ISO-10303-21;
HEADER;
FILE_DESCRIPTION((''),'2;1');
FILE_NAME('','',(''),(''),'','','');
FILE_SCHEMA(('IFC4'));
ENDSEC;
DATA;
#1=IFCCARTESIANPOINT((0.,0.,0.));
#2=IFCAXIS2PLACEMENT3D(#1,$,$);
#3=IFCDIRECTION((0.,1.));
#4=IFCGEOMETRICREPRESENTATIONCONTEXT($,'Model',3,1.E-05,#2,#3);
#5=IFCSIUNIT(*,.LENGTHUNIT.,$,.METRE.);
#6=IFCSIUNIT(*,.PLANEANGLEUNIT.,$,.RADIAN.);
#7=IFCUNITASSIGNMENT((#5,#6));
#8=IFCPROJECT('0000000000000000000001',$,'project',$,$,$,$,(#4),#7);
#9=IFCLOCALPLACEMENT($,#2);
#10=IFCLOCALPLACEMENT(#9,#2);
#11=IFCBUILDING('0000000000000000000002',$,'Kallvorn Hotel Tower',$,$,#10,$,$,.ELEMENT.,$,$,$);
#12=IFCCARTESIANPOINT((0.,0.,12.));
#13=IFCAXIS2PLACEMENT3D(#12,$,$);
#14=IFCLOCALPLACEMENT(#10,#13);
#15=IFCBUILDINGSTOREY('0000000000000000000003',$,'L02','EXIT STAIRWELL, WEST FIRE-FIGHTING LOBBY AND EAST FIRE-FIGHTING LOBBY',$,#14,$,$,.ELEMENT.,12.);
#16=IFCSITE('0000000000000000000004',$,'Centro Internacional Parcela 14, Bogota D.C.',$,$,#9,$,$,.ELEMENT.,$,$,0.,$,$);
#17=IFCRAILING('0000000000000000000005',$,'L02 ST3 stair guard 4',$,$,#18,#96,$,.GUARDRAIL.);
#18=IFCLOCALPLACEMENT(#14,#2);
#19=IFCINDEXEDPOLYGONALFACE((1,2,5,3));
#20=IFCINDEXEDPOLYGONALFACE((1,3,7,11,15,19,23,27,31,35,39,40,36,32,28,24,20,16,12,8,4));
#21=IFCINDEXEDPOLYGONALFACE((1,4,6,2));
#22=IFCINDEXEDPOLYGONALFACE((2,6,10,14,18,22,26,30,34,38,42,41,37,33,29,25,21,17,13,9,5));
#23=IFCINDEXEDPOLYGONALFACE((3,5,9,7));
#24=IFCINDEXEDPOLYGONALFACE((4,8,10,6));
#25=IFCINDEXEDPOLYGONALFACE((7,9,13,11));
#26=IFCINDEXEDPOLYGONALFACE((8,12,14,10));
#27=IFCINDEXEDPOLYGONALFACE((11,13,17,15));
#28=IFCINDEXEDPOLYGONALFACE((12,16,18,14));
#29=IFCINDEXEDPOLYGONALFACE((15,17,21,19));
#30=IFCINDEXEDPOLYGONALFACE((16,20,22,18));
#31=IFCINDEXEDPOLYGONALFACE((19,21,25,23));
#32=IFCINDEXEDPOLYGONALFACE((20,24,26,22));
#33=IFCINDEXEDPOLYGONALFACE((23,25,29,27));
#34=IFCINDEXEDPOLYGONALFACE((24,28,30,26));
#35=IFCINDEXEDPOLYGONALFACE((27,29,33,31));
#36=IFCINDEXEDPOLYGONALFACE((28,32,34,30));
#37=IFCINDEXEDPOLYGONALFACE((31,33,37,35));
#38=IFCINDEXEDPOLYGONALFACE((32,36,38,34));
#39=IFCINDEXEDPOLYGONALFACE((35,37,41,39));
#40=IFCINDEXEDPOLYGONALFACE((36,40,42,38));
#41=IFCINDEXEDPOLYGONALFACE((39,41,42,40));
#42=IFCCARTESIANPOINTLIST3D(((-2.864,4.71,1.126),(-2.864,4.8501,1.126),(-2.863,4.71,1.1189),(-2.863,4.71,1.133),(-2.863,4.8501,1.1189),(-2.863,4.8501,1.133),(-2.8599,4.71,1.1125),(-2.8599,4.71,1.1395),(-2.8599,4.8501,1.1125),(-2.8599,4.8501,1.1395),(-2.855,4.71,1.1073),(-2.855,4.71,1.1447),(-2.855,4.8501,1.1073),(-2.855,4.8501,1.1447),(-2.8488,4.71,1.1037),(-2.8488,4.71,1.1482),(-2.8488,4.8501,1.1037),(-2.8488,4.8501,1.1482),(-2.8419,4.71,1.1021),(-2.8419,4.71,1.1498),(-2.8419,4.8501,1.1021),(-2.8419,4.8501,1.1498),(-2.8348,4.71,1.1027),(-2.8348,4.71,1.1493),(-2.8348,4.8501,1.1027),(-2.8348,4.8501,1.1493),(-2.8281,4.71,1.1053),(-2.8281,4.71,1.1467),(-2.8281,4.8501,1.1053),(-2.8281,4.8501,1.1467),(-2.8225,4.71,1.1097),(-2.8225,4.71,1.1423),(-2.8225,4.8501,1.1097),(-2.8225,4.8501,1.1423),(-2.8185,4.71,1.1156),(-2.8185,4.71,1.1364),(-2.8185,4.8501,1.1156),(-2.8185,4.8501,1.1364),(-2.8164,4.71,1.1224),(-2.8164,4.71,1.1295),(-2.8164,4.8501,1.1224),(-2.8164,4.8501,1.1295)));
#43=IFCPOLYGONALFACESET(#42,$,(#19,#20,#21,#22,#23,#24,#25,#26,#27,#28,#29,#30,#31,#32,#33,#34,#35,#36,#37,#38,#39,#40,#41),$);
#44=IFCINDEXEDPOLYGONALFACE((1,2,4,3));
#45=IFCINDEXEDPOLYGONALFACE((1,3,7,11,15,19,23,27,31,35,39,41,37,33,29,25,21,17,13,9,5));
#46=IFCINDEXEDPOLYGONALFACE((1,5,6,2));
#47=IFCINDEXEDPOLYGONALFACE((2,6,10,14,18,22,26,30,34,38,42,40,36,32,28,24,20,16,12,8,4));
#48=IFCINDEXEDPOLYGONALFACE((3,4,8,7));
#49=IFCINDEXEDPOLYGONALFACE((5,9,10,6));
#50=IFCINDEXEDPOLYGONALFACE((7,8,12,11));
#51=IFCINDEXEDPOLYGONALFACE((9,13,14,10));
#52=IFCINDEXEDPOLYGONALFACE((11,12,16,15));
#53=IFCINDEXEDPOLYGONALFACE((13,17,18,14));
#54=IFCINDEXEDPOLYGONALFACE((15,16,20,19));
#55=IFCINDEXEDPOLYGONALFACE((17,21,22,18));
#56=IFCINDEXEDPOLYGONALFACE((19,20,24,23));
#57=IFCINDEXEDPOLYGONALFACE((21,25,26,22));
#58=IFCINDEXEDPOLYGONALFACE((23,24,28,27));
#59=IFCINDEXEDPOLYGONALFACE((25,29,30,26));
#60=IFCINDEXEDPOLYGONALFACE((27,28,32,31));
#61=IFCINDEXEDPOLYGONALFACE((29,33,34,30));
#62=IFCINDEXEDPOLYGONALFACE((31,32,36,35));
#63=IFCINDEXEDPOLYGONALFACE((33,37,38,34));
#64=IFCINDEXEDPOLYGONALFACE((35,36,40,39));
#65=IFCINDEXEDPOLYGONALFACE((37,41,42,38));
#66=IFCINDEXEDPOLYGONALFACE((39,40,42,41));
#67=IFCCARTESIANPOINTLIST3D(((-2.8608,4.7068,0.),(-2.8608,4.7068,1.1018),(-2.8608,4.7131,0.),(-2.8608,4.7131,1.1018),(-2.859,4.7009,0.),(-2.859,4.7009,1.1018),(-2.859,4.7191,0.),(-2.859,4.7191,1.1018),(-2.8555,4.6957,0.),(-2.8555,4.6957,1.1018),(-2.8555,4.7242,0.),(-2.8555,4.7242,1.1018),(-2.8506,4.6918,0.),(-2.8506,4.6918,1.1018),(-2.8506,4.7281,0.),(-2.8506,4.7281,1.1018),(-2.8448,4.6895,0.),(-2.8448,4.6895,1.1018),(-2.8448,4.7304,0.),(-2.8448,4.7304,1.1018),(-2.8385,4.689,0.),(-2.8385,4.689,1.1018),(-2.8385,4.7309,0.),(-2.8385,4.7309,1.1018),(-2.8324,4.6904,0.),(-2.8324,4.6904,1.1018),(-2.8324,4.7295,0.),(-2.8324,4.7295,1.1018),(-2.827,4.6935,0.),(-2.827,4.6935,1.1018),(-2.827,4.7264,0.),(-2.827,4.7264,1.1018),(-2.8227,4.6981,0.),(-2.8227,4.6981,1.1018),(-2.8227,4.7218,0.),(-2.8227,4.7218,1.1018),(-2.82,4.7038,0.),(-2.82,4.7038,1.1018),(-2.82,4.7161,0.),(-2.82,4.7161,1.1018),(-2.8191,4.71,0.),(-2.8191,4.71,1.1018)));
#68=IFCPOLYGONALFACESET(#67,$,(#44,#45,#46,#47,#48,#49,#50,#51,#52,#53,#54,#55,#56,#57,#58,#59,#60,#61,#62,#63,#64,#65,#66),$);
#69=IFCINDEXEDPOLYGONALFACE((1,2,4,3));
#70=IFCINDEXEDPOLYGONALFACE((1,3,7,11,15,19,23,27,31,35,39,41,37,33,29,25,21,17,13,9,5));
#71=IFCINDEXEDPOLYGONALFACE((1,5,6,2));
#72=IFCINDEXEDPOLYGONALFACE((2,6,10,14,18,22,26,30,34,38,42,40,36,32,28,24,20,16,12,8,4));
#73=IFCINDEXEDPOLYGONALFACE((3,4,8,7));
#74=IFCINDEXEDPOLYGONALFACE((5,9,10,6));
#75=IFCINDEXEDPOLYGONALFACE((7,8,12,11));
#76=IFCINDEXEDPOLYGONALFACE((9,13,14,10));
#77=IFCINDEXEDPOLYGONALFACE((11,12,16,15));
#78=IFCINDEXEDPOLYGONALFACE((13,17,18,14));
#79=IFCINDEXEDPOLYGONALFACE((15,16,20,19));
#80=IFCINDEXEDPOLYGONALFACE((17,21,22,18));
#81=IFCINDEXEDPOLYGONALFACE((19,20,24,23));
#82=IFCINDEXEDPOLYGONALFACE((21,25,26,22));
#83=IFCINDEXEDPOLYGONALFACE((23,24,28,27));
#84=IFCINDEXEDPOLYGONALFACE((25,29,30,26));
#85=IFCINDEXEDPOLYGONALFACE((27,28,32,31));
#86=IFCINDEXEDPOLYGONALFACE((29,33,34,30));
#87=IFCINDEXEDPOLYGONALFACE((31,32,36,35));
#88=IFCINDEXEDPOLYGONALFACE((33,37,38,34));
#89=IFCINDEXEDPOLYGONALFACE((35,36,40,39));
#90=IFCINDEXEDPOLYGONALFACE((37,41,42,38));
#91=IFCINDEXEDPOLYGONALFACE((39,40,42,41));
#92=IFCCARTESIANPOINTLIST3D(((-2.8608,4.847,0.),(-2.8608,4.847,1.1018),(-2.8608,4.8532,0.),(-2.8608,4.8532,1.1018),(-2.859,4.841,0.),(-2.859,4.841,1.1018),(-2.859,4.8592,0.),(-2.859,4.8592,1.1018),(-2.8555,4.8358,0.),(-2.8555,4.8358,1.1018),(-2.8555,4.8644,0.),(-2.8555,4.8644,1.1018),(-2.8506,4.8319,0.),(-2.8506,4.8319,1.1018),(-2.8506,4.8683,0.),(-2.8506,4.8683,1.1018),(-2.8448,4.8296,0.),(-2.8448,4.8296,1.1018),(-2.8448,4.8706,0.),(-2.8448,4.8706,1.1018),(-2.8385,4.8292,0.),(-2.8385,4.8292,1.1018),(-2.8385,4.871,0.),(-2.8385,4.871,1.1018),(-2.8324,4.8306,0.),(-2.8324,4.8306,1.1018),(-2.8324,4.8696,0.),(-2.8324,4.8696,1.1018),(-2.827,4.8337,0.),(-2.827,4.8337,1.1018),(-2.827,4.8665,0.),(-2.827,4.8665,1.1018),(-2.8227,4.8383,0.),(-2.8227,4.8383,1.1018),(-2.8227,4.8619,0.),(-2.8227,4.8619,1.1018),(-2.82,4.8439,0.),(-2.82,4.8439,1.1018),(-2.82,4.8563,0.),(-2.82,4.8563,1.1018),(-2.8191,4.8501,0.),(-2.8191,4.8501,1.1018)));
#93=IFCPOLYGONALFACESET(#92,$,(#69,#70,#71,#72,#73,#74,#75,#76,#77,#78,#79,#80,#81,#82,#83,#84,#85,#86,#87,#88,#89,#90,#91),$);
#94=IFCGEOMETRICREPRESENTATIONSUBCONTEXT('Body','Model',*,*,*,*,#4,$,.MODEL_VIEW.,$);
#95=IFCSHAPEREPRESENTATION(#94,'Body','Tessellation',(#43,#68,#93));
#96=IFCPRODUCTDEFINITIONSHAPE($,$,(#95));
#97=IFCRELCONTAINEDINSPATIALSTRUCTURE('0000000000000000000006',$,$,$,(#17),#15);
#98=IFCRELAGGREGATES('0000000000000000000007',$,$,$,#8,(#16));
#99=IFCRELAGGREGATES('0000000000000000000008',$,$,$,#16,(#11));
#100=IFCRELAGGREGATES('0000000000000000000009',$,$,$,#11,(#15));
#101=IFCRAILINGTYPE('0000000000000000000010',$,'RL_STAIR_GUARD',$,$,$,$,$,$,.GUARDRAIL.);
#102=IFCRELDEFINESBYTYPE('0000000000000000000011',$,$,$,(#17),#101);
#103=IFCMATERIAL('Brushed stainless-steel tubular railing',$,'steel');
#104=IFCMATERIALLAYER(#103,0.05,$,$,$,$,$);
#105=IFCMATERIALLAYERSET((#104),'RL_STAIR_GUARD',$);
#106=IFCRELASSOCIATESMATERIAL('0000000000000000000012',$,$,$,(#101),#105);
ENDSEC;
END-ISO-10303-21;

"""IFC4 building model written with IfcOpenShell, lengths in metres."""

from ifc_helpers import new_model, si_unit, direction, frame, origin, origin_2d, place, context, subcontext, project, spatial, circle, extrude, material, layer, layer_set, type_object, element, save


model = new_model("IFC4")

# Units and contexts
model_context = context("Model", 3, precision=1e-05, world=origin(), true_north=direction((0.0, 1.0)))
body_context = subcontext(model_context, "Body", "Model", "MODEL_VIEW")
ifc_project = project(units=[si_unit("LENGTHUNIT", "METRE"), si_unit("PLANEANGLEUNIT", "RADIAN")], contexts=[model_context])

# Site, building, storey
site_placement = place(None, origin())
site = spatial("IfcSite", under=ifc_project, at=site_placement, Name="Centro Internacional Parcela 14, Bogota D.C.", CompositionType="ELEMENT", RefElevation=0.0)
building_placement = place(site_placement, origin())
building = spatial("IfcBuilding", under=site, at=building_placement, Name="Kallvorn Hotel Tower", CompositionType="ELEMENT")
storey_placement = place(building_placement, frame((0.0, 0.0, 12.0)))
storey = spatial("IfcBuildingStorey", under=building, at=storey_placement, Name="L02", Description="EXIT STAIRWELL, WEST FIRE-FIGHTING LOBBY AND EAST FIRE-FIGHTING LOBBY", CompositionType="ELEMENT", Elevation=12.0)

# Railing
ifc_material_1 = material(Name="Brushed stainless-steel tubular railing", Category="steel")
ifc_layer_1 = layer(ifc_material_1, 0.05)
ifc_layer_set_1 = layer_set([ifc_layer_1], Name="RL_STAIR_GUARD")
railing_type_1 = type_object("IfcRailingType", Name="RL_STAIR_GUARD", PredefinedType="GUARDRAIL", material=ifc_layer_set_1)
railing_1_placement = place(storey_placement, frame((-2.8401, 4.71, 0.0)))
element("IfcRailing", 1, at=railing_1_placement, inside=storey, type_object=railing_type_1, Name="L02 ST3 stair guard 4", PredefinedType="GUARDRAIL", context=body_context, shape_type="SweptSolid", body=[
    extrude(circle(Radius=0.0239, at=origin_2d()), frame((0.0, 0.0, 1.126), z_axis=(0.0, 1.0, 0.0), x_axis=(-1.0, 0.0, 0.0)), (0.0, 0.0, 1.0), 0.1401),
    extrude(circle(Radius=0.021, at=origin_2d()), origin(), (0.0, 0.0, 1.0), 1.1018),
    extrude(circle(Radius=0.021, at=origin_2d()), frame((0.0, 0.1401, 0.0)), (0.0, 0.0, 1.0), 1.1018),
])

save(model, "model.ifc")
